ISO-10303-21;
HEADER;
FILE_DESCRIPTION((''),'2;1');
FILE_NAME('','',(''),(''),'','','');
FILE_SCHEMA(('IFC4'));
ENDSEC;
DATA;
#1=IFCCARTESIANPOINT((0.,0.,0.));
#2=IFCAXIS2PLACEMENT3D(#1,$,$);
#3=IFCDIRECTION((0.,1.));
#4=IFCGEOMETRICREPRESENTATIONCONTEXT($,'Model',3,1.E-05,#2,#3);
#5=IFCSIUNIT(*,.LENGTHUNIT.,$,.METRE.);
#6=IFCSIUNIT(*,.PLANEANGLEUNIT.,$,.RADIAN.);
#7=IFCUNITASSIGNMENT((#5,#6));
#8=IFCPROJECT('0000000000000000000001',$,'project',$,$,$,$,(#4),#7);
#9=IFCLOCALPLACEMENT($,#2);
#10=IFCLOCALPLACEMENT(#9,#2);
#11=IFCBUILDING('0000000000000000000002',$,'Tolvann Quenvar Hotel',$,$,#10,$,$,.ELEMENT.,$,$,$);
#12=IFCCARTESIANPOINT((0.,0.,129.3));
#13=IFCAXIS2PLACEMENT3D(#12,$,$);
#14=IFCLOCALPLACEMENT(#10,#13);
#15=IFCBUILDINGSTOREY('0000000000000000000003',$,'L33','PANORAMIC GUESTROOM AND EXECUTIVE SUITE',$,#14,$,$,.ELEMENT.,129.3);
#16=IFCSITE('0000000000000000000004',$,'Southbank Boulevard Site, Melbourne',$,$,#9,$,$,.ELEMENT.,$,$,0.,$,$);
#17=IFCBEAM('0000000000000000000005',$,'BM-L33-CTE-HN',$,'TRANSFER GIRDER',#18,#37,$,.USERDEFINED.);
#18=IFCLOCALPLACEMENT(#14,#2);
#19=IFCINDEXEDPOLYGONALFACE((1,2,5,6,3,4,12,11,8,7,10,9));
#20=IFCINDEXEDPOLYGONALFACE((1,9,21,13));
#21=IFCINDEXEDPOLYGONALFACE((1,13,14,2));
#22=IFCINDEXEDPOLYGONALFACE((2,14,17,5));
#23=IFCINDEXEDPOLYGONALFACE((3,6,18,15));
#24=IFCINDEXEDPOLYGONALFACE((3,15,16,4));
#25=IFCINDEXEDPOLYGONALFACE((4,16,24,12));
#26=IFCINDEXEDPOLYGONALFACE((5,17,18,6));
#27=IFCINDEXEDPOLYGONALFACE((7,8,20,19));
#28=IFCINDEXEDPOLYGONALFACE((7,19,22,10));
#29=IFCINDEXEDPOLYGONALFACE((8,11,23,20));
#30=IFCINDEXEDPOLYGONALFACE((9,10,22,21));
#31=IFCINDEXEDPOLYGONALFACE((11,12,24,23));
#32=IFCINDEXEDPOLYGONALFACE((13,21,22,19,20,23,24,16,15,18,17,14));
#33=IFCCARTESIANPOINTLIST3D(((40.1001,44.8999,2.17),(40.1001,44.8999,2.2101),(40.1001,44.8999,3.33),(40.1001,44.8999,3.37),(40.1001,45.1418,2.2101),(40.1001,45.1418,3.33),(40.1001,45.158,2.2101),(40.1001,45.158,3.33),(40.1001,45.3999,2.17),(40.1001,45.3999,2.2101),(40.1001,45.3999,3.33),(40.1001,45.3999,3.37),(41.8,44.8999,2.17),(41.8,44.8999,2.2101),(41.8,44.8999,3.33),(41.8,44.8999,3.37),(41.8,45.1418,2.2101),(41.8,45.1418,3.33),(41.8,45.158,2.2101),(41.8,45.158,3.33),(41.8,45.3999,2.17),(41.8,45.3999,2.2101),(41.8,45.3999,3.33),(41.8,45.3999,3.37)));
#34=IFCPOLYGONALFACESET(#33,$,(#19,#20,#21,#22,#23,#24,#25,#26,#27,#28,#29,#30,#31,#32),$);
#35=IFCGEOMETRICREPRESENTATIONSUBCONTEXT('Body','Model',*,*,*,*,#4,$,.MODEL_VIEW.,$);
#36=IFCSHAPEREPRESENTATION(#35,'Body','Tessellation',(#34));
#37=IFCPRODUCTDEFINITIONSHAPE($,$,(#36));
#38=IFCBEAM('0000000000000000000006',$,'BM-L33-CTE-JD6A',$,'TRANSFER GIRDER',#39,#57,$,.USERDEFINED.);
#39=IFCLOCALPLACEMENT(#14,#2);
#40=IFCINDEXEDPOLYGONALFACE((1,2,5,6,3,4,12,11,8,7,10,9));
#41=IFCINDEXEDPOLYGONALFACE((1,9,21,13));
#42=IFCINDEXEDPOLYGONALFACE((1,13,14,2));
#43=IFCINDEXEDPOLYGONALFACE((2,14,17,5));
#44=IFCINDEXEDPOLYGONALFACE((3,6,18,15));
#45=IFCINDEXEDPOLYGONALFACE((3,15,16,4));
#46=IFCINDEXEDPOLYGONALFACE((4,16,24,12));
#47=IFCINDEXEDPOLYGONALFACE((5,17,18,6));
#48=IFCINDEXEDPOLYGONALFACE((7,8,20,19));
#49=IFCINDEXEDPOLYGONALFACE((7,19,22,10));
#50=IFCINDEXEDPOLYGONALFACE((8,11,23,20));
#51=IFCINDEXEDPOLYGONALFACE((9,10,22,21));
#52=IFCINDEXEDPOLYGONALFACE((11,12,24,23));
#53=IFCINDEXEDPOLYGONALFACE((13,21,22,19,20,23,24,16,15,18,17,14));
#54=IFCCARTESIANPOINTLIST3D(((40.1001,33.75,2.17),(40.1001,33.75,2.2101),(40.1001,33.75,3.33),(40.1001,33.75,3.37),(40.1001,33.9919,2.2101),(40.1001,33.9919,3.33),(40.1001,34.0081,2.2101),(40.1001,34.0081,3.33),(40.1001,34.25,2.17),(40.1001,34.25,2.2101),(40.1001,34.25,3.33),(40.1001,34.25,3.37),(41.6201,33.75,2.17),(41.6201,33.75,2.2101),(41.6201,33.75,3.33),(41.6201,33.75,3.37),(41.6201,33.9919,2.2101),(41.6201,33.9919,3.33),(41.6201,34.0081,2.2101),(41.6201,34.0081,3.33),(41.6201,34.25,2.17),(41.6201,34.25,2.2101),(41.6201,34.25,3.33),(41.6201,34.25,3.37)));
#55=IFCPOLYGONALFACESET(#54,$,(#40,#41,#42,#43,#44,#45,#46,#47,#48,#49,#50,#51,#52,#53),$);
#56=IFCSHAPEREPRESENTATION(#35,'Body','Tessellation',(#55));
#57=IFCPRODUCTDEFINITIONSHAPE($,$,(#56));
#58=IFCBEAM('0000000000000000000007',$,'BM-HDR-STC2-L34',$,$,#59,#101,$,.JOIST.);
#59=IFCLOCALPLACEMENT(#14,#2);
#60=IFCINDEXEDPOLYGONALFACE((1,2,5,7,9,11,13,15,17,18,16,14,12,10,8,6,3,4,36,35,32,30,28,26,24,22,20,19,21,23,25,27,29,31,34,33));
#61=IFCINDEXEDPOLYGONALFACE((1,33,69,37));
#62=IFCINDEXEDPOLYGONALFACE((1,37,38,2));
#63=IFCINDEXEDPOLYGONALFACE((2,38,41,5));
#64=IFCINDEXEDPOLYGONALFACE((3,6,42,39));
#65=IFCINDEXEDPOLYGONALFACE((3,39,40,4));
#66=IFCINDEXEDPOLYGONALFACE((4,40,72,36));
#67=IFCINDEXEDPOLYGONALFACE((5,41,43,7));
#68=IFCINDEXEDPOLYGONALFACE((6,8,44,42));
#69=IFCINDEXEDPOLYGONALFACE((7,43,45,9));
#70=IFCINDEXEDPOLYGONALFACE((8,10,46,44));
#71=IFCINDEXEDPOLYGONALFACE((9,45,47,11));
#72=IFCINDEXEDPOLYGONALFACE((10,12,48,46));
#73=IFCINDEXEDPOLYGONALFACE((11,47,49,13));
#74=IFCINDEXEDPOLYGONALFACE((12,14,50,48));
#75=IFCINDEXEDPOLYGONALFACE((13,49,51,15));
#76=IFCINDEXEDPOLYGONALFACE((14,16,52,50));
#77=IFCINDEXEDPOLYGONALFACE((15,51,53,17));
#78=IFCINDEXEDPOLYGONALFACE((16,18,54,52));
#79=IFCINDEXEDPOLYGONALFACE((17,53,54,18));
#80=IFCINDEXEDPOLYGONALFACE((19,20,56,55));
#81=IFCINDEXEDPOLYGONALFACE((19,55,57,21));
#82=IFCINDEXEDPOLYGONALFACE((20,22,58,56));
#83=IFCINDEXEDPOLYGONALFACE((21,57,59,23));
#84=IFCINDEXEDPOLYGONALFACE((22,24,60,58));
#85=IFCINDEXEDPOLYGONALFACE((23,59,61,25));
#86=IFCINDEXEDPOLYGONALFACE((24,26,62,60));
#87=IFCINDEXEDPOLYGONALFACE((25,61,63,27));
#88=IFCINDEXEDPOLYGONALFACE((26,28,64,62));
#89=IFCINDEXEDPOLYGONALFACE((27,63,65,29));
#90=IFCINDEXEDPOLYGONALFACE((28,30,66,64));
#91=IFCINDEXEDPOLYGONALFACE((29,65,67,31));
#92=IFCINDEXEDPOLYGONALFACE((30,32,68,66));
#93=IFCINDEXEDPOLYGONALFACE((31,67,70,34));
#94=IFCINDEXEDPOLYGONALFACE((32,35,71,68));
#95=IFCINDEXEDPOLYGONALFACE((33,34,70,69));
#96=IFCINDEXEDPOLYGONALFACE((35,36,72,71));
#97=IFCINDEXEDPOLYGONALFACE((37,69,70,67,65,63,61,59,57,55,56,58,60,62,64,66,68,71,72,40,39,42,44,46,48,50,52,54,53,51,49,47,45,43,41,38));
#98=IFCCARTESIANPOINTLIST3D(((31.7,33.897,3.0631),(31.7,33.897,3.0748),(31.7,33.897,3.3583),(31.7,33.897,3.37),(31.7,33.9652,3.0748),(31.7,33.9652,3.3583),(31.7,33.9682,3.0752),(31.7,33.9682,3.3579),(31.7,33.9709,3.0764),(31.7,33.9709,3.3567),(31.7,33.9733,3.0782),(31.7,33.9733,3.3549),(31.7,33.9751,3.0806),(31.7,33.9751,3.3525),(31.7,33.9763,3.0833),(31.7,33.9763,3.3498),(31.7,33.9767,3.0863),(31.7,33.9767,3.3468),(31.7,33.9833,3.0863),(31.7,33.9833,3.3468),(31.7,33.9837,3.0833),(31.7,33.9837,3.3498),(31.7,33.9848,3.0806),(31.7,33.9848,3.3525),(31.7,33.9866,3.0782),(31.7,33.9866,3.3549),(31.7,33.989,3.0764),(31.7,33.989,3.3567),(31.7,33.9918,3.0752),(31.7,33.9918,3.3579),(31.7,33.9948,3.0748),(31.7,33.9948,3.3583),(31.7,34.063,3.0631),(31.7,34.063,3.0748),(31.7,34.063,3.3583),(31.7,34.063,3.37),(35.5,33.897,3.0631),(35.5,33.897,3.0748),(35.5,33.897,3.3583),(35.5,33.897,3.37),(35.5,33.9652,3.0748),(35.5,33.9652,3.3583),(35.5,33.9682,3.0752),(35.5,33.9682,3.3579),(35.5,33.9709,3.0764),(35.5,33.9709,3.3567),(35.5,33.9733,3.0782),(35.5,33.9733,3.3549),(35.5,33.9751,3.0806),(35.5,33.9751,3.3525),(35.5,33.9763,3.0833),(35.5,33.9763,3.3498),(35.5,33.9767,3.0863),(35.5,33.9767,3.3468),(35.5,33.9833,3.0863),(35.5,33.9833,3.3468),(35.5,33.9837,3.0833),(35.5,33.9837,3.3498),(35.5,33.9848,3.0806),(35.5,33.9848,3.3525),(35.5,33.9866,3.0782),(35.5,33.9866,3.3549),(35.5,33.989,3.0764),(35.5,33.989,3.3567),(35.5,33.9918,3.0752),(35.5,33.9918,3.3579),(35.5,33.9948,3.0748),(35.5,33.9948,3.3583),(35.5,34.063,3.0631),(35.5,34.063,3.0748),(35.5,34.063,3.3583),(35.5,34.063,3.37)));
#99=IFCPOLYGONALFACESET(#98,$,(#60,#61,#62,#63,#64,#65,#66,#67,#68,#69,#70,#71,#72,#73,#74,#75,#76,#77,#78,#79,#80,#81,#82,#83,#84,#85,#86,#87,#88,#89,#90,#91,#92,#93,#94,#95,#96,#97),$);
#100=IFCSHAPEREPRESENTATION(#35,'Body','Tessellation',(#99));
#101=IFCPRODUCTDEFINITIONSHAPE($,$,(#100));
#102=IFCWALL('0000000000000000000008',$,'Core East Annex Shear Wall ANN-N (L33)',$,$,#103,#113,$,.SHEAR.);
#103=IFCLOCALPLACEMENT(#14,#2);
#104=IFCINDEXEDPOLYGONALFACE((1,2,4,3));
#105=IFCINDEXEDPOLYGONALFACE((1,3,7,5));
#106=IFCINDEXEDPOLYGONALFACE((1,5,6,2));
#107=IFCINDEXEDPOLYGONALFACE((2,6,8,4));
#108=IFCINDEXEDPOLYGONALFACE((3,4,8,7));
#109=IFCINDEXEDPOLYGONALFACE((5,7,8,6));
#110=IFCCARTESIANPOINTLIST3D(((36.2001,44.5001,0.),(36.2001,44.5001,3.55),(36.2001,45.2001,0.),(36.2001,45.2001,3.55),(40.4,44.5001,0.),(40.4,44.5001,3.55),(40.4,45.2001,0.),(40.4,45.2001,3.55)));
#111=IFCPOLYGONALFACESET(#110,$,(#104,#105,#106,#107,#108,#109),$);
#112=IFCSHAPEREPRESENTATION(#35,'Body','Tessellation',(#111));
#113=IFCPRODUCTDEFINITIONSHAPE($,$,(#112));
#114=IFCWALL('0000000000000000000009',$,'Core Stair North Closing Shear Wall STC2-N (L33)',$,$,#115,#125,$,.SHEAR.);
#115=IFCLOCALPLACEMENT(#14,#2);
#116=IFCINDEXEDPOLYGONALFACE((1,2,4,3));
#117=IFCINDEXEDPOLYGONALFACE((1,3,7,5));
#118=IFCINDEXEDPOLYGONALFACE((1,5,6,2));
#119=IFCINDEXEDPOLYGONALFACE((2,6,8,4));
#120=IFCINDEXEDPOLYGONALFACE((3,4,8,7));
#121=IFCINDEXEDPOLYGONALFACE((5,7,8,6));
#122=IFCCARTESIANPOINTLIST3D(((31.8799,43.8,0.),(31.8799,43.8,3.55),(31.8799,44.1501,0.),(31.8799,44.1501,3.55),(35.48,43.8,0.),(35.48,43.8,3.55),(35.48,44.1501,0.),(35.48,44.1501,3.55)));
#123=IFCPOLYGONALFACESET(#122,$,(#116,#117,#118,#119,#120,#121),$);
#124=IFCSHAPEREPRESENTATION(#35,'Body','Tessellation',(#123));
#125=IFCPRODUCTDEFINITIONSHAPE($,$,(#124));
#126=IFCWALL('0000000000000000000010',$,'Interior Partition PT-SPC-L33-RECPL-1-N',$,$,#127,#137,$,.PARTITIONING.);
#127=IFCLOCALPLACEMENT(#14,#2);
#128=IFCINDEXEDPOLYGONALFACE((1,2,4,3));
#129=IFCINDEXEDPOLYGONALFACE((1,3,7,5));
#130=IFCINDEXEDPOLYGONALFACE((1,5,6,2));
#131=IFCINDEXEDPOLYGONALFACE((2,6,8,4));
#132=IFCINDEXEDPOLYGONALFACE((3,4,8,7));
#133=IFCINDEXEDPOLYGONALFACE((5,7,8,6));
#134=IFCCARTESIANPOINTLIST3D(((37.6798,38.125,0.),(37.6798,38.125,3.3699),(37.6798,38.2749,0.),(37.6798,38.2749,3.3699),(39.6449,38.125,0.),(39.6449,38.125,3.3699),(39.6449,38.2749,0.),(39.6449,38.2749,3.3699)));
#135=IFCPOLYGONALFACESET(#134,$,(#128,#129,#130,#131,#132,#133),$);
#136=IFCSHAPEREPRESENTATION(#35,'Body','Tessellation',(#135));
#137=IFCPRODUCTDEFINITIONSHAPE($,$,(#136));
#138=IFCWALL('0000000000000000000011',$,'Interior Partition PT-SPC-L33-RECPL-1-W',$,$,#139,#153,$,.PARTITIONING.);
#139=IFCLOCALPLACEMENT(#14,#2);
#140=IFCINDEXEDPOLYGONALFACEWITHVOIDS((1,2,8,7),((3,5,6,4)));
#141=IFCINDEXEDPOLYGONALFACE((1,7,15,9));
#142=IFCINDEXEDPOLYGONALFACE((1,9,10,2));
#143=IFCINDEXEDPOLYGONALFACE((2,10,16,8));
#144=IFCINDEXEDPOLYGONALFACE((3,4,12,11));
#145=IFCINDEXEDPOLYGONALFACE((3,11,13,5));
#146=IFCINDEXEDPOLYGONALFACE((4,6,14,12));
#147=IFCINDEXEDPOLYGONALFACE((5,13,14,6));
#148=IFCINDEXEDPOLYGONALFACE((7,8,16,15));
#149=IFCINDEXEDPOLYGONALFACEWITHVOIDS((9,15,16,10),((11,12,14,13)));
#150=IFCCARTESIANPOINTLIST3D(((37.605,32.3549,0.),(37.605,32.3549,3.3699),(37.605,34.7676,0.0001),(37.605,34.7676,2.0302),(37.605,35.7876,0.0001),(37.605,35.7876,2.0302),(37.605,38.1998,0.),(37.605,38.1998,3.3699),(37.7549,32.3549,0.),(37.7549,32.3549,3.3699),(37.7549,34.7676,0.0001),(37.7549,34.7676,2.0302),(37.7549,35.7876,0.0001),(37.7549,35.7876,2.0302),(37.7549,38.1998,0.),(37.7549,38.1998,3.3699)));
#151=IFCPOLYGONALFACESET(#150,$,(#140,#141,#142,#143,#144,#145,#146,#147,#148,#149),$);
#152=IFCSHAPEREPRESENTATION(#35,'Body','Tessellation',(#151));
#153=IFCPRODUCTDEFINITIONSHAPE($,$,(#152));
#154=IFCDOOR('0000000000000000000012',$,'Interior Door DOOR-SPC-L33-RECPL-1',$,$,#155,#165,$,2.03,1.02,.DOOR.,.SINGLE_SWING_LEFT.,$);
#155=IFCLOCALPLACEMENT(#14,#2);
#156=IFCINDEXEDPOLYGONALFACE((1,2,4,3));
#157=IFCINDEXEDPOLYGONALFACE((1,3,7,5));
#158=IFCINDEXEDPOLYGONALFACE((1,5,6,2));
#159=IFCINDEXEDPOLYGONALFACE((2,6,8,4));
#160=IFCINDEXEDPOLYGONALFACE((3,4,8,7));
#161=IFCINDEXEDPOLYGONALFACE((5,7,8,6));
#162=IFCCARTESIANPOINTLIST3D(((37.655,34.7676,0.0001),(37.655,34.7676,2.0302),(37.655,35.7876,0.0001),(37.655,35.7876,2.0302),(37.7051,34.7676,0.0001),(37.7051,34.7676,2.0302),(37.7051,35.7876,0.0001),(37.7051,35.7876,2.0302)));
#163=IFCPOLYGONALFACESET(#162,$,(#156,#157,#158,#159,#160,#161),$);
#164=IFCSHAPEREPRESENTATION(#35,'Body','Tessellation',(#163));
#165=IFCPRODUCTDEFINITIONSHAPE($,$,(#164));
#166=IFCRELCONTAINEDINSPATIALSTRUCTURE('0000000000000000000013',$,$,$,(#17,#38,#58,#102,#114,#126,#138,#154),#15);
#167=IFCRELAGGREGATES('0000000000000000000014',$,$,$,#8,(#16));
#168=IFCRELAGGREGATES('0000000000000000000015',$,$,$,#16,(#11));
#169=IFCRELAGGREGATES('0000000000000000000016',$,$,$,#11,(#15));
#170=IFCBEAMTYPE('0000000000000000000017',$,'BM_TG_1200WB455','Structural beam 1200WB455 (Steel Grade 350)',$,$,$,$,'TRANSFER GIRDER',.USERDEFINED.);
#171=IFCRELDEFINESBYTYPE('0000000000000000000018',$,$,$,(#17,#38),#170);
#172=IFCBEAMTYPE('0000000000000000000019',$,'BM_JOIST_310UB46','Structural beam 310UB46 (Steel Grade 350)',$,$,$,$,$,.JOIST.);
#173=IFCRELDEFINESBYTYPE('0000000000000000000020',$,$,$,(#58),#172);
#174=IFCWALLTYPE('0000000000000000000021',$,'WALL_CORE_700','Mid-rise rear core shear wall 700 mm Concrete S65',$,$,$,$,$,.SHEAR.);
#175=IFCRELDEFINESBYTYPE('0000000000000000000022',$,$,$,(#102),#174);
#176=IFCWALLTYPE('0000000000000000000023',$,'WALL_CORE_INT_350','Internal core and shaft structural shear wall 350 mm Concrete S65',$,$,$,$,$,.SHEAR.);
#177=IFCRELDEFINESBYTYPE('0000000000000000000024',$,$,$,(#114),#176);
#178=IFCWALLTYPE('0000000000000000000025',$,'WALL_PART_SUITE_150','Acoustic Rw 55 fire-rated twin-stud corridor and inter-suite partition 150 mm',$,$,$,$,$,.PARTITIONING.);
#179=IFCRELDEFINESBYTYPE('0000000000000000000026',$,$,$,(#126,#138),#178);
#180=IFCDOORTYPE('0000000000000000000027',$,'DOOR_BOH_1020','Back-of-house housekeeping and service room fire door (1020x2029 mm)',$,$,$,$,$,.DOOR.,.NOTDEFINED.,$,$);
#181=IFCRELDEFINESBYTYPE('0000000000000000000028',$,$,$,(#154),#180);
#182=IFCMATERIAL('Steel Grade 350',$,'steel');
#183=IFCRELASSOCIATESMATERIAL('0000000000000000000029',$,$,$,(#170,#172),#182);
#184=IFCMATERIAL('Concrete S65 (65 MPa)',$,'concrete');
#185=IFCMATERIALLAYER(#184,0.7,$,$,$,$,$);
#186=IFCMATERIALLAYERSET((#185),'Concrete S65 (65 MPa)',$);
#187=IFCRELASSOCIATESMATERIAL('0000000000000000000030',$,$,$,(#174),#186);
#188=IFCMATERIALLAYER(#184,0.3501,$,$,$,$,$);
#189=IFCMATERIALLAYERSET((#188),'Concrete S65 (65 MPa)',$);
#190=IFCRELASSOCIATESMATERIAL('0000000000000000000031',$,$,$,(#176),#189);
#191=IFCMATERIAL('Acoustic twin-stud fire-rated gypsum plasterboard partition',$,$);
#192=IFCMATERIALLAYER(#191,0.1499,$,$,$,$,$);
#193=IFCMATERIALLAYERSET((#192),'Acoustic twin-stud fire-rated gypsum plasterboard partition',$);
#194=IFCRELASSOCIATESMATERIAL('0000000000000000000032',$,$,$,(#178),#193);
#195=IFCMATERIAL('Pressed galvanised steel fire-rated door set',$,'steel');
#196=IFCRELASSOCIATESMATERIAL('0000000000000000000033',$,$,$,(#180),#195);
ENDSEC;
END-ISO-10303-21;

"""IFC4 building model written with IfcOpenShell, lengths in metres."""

from ifc_helpers import new_model, si_unit, direction, frame, frame_2d, origin, origin_2d, place, context, subcontext, project, spatial, rectangle, i_section, extrude, source, transform, mapped, material, layer, layer_set, material_profile, profile_set, type_object, type_shapes, element, fill, save


model = new_model("IFC4")

# Units and contexts
model_context = context("Model", 3, precision=1e-05, world=origin(), true_north=direction((0.0, 1.0)))
body_context = subcontext(model_context, "Body", "Model", "MODEL_VIEW")
ifc_project = project(units=[si_unit("LENGTHUNIT", "METRE"), si_unit("PLANEANGLEUNIT", "RADIAN")], contexts=[model_context])

# Site, building, storey
site_placement = place(None, origin())
site = spatial("IfcSite", under=ifc_project, at=site_placement, Name="Southbank Boulevard Site, Melbourne", CompositionType="ELEMENT", RefElevation=0.0)
building_placement = place(site_placement, origin())
building = spatial("IfcBuilding", under=site, at=building_placement, Name="Tolvann Quenvar Hotel", CompositionType="ELEMENT")
storey_placement = place(building_placement, frame((0.0, 0.0, 129.3)))
storey = spatial("IfcBuildingStorey", under=building, at=storey_placement, Name="L33", Description="PANORAMIC GUESTROOM AND EXECUTIVE SUITE", CompositionType="ELEMENT", Elevation=129.3)

# Beams
ifc_material_1 = material(Name="Steel Grade 350", Category="steel")
ifc_material_profile_1 = material_profile(ifc_material_1, i_section(OverallWidth=0.5, OverallDepth=1.2, WebThickness=0.0161, FlangeThickness=0.04, at=origin_2d()), Name="1200WB455")
ifc_profile_set_1 = profile_set([ifc_material_profile_1], Name="Steel Grade 350")
beam_type_1 = type_object("IfcBeamType", Name="BM_TG_1200WB455", Description="Structural beam 1200WB455 (Steel Grade 350)", ElementType="TRANSFER GIRDER", PredefinedType="USERDEFINED", material=ifc_profile_set_1)
shared_shape_1 = source(origin(), body_context, "Body", "SweptSolid", [
    extrude(i_section(OverallWidth=0.5, OverallDepth=1.2, WebThickness=0.0161, FlangeThickness=0.04, at=origin_2d()), origin(), (0.0, 0.0, 1.0), 1.7),
])
beam_1_placement = place(storey_placement, frame((40.1001, 45.1499, 2.77), z_axis=(1.0, 0.0, 0.0), x_axis=(0.0, 1.0, 0.0)))
element("IfcBeam", 1, at=beam_1_placement, inside=storey, type_object=beam_type_1, Name="BM-L33-CTE-HN", ObjectType="TRANSFER GIRDER", PredefinedType="USERDEFINED", context=body_context, shape_type="MappedRepresentation", body=[
    mapped(shared_shape_1, transform((0.0, 0.0, 0.0), x_axis=(1.0, 0.0, 0.0), y_axis=(0.0, 1.0, 0.0), z_axis=(0.0, 0.0, 1.0), scale=1.0)),
])
shared_shape_2 = source(origin(), body_context, "Body", "SweptSolid", [
    extrude(i_section(OverallWidth=0.5, OverallDepth=1.2, WebThickness=0.0161, FlangeThickness=0.04, at=origin_2d()), origin(), (0.0, 0.0, 1.0), 1.52),
])
type_shapes(beam_type_1, [shared_shape_1, shared_shape_2])
beam_2_placement = place(storey_placement, frame((40.1001, 34.0, 2.77), z_axis=(1.0, 0.0, 0.0), x_axis=(0.0, 1.0, 0.0)))
element("IfcBeam", 2, at=beam_2_placement, inside=storey, type_object=beam_type_1, Name="BM-L33-CTE-JD6A", ObjectType="TRANSFER GIRDER", PredefinedType="USERDEFINED", context=body_context, shape_type="MappedRepresentation", body=[
    mapped(shared_shape_2, transform((0.0, 0.0, 0.0), x_axis=(1.0, 0.0, 0.0), y_axis=(0.0, 1.0, 0.0), z_axis=(0.0, 0.0, 1.0), scale=1.0)),
])
ifc_material_profile_2 = material_profile(ifc_material_1, i_section(OverallWidth=0.166, OverallDepth=0.3069, WebThickness=0.0066, FlangeThickness=0.0117, FilletRadius=0.0115, at=origin_2d()), Name="310UB46")
ifc_profile_set_2 = profile_set([ifc_material_profile_2], Name="Steel Grade 350")
beam_type_2 = type_object("IfcBeamType", Name="BM_JOIST_310UB46", Description="Structural beam 310UB46 (Steel Grade 350)", PredefinedType="JOIST", material=ifc_profile_set_2)
shared_shape_3 = source(origin(), body_context, "Body", "SweptSolid", [
    extrude(i_section(OverallWidth=0.166, OverallDepth=0.3069, WebThickness=0.0066, FlangeThickness=0.0117, FilletRadius=0.0115, at=origin_2d()), origin(), (0.0, 0.0, 1.0), 3.8),
])
type_shapes(beam_type_2, [shared_shape_3])
beam_3_placement = place(storey_placement, frame((31.7, 33.98, 3.2166), z_axis=(1.0, 0.0, 0.0), x_axis=(0.0, 1.0, 0.0)))
element("IfcBeam", 3, at=beam_3_placement, inside=storey, type_object=beam_type_2, Name="BM-HDR-STC2-L34", PredefinedType="JOIST", context=body_context, shape_type="MappedRepresentation", body=[
    mapped(shared_shape_3, transform((0.0, 0.0, 0.0), x_axis=(1.0, 0.0, 0.0), y_axis=(0.0, 1.0, 0.0), z_axis=(0.0, 0.0, 1.0), scale=1.0)),
])

# Walls
ifc_material_2 = material(Name="Concrete S65 (65 MPa)", Category="concrete")
ifc_layer_1 = layer(ifc_material_2, 0.7)
ifc_layer_set_1 = layer_set([ifc_layer_1], Name="Concrete S65 (65 MPa)")
wall_type_1 = type_object("IfcWallType", Name="WALL_CORE_700", Description="Mid-rise rear core shear wall 700 mm Concrete S65", PredefinedType="SHEAR", material=ifc_layer_set_1)
wall_1_placement = place(storey_placement, frame((36.2, 44.8501, 0.0), z_axis=(0.0, 0.0, 1.0), x_axis=(1.0, 0.0, 0.0)))
element("IfcWall", 4, at=wall_1_placement, inside=storey, type_object=wall_type_1, Name="Core East Annex Shear Wall ANN-N (L33)", PredefinedType="SHEAR", context=body_context, shape_type="SweptSolid", body=[
    extrude(rectangle(XDim=4.2, YDim=0.7, at=frame_2d((2.1001, 0.0))), origin(), (0.0, 0.0, 1.0), 3.55),
])
ifc_layer_2 = layer(ifc_material_2, 0.3501)
ifc_layer_set_2 = layer_set([ifc_layer_2], Name="Concrete S65 (65 MPa)")
wall_type_2 = type_object("IfcWallType", Name="WALL_CORE_INT_350", Description="Internal core and shaft structural shear wall 350 mm Concrete S65", PredefinedType="SHEAR", material=ifc_layer_set_2)
wall_2_placement = place(storey_placement, frame((31.8799, 43.9751, 0.0), z_axis=(0.0, 0.0, 1.0), x_axis=(1.0, 0.0, 0.0)))
element("IfcWall", 5, at=wall_2_placement, inside=storey, type_object=wall_type_2, Name="Core Stair North Closing Shear Wall STC2-N (L33)", PredefinedType="SHEAR", context=body_context, shape_type="SweptSolid", body=[
    extrude(rectangle(XDim=3.6001, YDim=0.3501, at=frame_2d((1.8, 0.0))), origin(), (0.0, 0.0, 1.0), 3.55),
])
ifc_material_3 = material(Name="Acoustic twin-stud fire-rated gypsum plasterboard partition")
ifc_layer_3 = layer(ifc_material_3, 0.1499)
ifc_layer_set_3 = layer_set([ifc_layer_3], Name="Acoustic twin-stud fire-rated gypsum plasterboard partition")
wall_type_3 = type_object("IfcWallType", Name="WALL_PART_SUITE_150", Description="Acoustic Rw 55 fire-rated twin-stud corridor and inter-suite partition 150 mm", PredefinedType="PARTITIONING", material=ifc_layer_set_3)
wall_3_placement = place(storey_placement, frame((37.6799, 38.2, 0.0), z_axis=(0.0, 0.0, 1.0), x_axis=(1.0, 0.0, 0.0)))
element("IfcWall", 6, at=wall_3_placement, inside=storey, type_object=wall_type_3, Name="Interior Partition PT-SPC-L33-RECPL-1-N", PredefinedType="PARTITIONING", context=body_context, shape_type="SweptSolid", body=[
    extrude(rectangle(XDim=1.9651, YDim=0.1499, at=frame_2d((0.9824, 0.0))), origin(), (0.0, 0.0, 1.0), 3.3699),
])

# Wall, opening, door
wall_4_placement = place(storey_placement, frame((37.6799, 32.355, 0.0), z_axis=(0.0, 0.0, 1.0), x_axis=(0.0, 1.0, 0.0)))
wall_4 = element("IfcWall", 7, at=wall_4_placement, inside=storey, type_object=wall_type_3, Name="Interior Partition PT-SPC-L33-RECPL-1-W", PredefinedType="PARTITIONING", context=body_context, shape_type="SweptSolid", body=[
    extrude(rectangle(XDim=5.845, YDim=0.1499, at=frame_2d((2.9224, 0.0))), origin(), (0.0, 0.0, 1.0), 3.3699),
])
opening_1_placement = place(wall_4_placement, frame((2.4126, 0.0, 0.0)))
opening_1 = element("IfcOpeningElement", 8, at=opening_1_placement, cuts=wall_4, PredefinedType="OPENING", context=body_context, shape_type="SweptSolid", body=[
    extrude(rectangle(XDim=1.02, YDim=2.03, at=frame_2d((0.51, 1.0151))), frame((0.0, 0.085, 0.0), z_axis=(0.0, -1.0, 0.0), x_axis=(1.0, 0.0, 0.0)), (0.0, 0.0, 1.0), 0.1699),
])
ifc_material_4 = material(Name="Pressed galvanised steel fire-rated door set", Category="steel")
door_type_1 = type_object("IfcDoorType", Name="DOOR_BOH_1020", Description="Back-of-house housekeeping and service room fire door (1020x2029 mm)", OperationType="NOTDEFINED", PredefinedType="DOOR", material=ifc_material_4)
shared_shape_4 = source(origin(), body_context, "Body", "SweptSolid", [
    extrude(rectangle(XDim=1.02, YDim=2.03, at=frame_2d((0.51, 1.0151))), frame((0.0, 0.0249, 0.0), z_axis=(0.0, -1.0, 0.0), x_axis=(1.0, 0.0, 0.0)), (0.0, 0.0, 1.0), 0.05),
])
type_shapes(door_type_1, [shared_shape_4])
door_1_placement = place(opening_1_placement, origin())
door_1 = element("IfcDoor", 9, at=door_1_placement, inside=storey, type_object=door_type_1, Name="Interior Door DOOR-SPC-L33-RECPL-1", OperationType="SINGLE_SWING_LEFT", OverallHeight=2.03, OverallWidth=1.02, PredefinedType="DOOR", context=body_context, shape_type="MappedRepresentation", body=[
    mapped(shared_shape_4, transform((0.0, 0.0, 0.0), x_axis=(1.0, 0.0, 0.0), y_axis=(0.0, 1.0, 0.0), z_axis=(0.0, 0.0, 1.0), scale=1.0)),
])
fill(opening_1, door_1)

save(model, "model.ifc")
